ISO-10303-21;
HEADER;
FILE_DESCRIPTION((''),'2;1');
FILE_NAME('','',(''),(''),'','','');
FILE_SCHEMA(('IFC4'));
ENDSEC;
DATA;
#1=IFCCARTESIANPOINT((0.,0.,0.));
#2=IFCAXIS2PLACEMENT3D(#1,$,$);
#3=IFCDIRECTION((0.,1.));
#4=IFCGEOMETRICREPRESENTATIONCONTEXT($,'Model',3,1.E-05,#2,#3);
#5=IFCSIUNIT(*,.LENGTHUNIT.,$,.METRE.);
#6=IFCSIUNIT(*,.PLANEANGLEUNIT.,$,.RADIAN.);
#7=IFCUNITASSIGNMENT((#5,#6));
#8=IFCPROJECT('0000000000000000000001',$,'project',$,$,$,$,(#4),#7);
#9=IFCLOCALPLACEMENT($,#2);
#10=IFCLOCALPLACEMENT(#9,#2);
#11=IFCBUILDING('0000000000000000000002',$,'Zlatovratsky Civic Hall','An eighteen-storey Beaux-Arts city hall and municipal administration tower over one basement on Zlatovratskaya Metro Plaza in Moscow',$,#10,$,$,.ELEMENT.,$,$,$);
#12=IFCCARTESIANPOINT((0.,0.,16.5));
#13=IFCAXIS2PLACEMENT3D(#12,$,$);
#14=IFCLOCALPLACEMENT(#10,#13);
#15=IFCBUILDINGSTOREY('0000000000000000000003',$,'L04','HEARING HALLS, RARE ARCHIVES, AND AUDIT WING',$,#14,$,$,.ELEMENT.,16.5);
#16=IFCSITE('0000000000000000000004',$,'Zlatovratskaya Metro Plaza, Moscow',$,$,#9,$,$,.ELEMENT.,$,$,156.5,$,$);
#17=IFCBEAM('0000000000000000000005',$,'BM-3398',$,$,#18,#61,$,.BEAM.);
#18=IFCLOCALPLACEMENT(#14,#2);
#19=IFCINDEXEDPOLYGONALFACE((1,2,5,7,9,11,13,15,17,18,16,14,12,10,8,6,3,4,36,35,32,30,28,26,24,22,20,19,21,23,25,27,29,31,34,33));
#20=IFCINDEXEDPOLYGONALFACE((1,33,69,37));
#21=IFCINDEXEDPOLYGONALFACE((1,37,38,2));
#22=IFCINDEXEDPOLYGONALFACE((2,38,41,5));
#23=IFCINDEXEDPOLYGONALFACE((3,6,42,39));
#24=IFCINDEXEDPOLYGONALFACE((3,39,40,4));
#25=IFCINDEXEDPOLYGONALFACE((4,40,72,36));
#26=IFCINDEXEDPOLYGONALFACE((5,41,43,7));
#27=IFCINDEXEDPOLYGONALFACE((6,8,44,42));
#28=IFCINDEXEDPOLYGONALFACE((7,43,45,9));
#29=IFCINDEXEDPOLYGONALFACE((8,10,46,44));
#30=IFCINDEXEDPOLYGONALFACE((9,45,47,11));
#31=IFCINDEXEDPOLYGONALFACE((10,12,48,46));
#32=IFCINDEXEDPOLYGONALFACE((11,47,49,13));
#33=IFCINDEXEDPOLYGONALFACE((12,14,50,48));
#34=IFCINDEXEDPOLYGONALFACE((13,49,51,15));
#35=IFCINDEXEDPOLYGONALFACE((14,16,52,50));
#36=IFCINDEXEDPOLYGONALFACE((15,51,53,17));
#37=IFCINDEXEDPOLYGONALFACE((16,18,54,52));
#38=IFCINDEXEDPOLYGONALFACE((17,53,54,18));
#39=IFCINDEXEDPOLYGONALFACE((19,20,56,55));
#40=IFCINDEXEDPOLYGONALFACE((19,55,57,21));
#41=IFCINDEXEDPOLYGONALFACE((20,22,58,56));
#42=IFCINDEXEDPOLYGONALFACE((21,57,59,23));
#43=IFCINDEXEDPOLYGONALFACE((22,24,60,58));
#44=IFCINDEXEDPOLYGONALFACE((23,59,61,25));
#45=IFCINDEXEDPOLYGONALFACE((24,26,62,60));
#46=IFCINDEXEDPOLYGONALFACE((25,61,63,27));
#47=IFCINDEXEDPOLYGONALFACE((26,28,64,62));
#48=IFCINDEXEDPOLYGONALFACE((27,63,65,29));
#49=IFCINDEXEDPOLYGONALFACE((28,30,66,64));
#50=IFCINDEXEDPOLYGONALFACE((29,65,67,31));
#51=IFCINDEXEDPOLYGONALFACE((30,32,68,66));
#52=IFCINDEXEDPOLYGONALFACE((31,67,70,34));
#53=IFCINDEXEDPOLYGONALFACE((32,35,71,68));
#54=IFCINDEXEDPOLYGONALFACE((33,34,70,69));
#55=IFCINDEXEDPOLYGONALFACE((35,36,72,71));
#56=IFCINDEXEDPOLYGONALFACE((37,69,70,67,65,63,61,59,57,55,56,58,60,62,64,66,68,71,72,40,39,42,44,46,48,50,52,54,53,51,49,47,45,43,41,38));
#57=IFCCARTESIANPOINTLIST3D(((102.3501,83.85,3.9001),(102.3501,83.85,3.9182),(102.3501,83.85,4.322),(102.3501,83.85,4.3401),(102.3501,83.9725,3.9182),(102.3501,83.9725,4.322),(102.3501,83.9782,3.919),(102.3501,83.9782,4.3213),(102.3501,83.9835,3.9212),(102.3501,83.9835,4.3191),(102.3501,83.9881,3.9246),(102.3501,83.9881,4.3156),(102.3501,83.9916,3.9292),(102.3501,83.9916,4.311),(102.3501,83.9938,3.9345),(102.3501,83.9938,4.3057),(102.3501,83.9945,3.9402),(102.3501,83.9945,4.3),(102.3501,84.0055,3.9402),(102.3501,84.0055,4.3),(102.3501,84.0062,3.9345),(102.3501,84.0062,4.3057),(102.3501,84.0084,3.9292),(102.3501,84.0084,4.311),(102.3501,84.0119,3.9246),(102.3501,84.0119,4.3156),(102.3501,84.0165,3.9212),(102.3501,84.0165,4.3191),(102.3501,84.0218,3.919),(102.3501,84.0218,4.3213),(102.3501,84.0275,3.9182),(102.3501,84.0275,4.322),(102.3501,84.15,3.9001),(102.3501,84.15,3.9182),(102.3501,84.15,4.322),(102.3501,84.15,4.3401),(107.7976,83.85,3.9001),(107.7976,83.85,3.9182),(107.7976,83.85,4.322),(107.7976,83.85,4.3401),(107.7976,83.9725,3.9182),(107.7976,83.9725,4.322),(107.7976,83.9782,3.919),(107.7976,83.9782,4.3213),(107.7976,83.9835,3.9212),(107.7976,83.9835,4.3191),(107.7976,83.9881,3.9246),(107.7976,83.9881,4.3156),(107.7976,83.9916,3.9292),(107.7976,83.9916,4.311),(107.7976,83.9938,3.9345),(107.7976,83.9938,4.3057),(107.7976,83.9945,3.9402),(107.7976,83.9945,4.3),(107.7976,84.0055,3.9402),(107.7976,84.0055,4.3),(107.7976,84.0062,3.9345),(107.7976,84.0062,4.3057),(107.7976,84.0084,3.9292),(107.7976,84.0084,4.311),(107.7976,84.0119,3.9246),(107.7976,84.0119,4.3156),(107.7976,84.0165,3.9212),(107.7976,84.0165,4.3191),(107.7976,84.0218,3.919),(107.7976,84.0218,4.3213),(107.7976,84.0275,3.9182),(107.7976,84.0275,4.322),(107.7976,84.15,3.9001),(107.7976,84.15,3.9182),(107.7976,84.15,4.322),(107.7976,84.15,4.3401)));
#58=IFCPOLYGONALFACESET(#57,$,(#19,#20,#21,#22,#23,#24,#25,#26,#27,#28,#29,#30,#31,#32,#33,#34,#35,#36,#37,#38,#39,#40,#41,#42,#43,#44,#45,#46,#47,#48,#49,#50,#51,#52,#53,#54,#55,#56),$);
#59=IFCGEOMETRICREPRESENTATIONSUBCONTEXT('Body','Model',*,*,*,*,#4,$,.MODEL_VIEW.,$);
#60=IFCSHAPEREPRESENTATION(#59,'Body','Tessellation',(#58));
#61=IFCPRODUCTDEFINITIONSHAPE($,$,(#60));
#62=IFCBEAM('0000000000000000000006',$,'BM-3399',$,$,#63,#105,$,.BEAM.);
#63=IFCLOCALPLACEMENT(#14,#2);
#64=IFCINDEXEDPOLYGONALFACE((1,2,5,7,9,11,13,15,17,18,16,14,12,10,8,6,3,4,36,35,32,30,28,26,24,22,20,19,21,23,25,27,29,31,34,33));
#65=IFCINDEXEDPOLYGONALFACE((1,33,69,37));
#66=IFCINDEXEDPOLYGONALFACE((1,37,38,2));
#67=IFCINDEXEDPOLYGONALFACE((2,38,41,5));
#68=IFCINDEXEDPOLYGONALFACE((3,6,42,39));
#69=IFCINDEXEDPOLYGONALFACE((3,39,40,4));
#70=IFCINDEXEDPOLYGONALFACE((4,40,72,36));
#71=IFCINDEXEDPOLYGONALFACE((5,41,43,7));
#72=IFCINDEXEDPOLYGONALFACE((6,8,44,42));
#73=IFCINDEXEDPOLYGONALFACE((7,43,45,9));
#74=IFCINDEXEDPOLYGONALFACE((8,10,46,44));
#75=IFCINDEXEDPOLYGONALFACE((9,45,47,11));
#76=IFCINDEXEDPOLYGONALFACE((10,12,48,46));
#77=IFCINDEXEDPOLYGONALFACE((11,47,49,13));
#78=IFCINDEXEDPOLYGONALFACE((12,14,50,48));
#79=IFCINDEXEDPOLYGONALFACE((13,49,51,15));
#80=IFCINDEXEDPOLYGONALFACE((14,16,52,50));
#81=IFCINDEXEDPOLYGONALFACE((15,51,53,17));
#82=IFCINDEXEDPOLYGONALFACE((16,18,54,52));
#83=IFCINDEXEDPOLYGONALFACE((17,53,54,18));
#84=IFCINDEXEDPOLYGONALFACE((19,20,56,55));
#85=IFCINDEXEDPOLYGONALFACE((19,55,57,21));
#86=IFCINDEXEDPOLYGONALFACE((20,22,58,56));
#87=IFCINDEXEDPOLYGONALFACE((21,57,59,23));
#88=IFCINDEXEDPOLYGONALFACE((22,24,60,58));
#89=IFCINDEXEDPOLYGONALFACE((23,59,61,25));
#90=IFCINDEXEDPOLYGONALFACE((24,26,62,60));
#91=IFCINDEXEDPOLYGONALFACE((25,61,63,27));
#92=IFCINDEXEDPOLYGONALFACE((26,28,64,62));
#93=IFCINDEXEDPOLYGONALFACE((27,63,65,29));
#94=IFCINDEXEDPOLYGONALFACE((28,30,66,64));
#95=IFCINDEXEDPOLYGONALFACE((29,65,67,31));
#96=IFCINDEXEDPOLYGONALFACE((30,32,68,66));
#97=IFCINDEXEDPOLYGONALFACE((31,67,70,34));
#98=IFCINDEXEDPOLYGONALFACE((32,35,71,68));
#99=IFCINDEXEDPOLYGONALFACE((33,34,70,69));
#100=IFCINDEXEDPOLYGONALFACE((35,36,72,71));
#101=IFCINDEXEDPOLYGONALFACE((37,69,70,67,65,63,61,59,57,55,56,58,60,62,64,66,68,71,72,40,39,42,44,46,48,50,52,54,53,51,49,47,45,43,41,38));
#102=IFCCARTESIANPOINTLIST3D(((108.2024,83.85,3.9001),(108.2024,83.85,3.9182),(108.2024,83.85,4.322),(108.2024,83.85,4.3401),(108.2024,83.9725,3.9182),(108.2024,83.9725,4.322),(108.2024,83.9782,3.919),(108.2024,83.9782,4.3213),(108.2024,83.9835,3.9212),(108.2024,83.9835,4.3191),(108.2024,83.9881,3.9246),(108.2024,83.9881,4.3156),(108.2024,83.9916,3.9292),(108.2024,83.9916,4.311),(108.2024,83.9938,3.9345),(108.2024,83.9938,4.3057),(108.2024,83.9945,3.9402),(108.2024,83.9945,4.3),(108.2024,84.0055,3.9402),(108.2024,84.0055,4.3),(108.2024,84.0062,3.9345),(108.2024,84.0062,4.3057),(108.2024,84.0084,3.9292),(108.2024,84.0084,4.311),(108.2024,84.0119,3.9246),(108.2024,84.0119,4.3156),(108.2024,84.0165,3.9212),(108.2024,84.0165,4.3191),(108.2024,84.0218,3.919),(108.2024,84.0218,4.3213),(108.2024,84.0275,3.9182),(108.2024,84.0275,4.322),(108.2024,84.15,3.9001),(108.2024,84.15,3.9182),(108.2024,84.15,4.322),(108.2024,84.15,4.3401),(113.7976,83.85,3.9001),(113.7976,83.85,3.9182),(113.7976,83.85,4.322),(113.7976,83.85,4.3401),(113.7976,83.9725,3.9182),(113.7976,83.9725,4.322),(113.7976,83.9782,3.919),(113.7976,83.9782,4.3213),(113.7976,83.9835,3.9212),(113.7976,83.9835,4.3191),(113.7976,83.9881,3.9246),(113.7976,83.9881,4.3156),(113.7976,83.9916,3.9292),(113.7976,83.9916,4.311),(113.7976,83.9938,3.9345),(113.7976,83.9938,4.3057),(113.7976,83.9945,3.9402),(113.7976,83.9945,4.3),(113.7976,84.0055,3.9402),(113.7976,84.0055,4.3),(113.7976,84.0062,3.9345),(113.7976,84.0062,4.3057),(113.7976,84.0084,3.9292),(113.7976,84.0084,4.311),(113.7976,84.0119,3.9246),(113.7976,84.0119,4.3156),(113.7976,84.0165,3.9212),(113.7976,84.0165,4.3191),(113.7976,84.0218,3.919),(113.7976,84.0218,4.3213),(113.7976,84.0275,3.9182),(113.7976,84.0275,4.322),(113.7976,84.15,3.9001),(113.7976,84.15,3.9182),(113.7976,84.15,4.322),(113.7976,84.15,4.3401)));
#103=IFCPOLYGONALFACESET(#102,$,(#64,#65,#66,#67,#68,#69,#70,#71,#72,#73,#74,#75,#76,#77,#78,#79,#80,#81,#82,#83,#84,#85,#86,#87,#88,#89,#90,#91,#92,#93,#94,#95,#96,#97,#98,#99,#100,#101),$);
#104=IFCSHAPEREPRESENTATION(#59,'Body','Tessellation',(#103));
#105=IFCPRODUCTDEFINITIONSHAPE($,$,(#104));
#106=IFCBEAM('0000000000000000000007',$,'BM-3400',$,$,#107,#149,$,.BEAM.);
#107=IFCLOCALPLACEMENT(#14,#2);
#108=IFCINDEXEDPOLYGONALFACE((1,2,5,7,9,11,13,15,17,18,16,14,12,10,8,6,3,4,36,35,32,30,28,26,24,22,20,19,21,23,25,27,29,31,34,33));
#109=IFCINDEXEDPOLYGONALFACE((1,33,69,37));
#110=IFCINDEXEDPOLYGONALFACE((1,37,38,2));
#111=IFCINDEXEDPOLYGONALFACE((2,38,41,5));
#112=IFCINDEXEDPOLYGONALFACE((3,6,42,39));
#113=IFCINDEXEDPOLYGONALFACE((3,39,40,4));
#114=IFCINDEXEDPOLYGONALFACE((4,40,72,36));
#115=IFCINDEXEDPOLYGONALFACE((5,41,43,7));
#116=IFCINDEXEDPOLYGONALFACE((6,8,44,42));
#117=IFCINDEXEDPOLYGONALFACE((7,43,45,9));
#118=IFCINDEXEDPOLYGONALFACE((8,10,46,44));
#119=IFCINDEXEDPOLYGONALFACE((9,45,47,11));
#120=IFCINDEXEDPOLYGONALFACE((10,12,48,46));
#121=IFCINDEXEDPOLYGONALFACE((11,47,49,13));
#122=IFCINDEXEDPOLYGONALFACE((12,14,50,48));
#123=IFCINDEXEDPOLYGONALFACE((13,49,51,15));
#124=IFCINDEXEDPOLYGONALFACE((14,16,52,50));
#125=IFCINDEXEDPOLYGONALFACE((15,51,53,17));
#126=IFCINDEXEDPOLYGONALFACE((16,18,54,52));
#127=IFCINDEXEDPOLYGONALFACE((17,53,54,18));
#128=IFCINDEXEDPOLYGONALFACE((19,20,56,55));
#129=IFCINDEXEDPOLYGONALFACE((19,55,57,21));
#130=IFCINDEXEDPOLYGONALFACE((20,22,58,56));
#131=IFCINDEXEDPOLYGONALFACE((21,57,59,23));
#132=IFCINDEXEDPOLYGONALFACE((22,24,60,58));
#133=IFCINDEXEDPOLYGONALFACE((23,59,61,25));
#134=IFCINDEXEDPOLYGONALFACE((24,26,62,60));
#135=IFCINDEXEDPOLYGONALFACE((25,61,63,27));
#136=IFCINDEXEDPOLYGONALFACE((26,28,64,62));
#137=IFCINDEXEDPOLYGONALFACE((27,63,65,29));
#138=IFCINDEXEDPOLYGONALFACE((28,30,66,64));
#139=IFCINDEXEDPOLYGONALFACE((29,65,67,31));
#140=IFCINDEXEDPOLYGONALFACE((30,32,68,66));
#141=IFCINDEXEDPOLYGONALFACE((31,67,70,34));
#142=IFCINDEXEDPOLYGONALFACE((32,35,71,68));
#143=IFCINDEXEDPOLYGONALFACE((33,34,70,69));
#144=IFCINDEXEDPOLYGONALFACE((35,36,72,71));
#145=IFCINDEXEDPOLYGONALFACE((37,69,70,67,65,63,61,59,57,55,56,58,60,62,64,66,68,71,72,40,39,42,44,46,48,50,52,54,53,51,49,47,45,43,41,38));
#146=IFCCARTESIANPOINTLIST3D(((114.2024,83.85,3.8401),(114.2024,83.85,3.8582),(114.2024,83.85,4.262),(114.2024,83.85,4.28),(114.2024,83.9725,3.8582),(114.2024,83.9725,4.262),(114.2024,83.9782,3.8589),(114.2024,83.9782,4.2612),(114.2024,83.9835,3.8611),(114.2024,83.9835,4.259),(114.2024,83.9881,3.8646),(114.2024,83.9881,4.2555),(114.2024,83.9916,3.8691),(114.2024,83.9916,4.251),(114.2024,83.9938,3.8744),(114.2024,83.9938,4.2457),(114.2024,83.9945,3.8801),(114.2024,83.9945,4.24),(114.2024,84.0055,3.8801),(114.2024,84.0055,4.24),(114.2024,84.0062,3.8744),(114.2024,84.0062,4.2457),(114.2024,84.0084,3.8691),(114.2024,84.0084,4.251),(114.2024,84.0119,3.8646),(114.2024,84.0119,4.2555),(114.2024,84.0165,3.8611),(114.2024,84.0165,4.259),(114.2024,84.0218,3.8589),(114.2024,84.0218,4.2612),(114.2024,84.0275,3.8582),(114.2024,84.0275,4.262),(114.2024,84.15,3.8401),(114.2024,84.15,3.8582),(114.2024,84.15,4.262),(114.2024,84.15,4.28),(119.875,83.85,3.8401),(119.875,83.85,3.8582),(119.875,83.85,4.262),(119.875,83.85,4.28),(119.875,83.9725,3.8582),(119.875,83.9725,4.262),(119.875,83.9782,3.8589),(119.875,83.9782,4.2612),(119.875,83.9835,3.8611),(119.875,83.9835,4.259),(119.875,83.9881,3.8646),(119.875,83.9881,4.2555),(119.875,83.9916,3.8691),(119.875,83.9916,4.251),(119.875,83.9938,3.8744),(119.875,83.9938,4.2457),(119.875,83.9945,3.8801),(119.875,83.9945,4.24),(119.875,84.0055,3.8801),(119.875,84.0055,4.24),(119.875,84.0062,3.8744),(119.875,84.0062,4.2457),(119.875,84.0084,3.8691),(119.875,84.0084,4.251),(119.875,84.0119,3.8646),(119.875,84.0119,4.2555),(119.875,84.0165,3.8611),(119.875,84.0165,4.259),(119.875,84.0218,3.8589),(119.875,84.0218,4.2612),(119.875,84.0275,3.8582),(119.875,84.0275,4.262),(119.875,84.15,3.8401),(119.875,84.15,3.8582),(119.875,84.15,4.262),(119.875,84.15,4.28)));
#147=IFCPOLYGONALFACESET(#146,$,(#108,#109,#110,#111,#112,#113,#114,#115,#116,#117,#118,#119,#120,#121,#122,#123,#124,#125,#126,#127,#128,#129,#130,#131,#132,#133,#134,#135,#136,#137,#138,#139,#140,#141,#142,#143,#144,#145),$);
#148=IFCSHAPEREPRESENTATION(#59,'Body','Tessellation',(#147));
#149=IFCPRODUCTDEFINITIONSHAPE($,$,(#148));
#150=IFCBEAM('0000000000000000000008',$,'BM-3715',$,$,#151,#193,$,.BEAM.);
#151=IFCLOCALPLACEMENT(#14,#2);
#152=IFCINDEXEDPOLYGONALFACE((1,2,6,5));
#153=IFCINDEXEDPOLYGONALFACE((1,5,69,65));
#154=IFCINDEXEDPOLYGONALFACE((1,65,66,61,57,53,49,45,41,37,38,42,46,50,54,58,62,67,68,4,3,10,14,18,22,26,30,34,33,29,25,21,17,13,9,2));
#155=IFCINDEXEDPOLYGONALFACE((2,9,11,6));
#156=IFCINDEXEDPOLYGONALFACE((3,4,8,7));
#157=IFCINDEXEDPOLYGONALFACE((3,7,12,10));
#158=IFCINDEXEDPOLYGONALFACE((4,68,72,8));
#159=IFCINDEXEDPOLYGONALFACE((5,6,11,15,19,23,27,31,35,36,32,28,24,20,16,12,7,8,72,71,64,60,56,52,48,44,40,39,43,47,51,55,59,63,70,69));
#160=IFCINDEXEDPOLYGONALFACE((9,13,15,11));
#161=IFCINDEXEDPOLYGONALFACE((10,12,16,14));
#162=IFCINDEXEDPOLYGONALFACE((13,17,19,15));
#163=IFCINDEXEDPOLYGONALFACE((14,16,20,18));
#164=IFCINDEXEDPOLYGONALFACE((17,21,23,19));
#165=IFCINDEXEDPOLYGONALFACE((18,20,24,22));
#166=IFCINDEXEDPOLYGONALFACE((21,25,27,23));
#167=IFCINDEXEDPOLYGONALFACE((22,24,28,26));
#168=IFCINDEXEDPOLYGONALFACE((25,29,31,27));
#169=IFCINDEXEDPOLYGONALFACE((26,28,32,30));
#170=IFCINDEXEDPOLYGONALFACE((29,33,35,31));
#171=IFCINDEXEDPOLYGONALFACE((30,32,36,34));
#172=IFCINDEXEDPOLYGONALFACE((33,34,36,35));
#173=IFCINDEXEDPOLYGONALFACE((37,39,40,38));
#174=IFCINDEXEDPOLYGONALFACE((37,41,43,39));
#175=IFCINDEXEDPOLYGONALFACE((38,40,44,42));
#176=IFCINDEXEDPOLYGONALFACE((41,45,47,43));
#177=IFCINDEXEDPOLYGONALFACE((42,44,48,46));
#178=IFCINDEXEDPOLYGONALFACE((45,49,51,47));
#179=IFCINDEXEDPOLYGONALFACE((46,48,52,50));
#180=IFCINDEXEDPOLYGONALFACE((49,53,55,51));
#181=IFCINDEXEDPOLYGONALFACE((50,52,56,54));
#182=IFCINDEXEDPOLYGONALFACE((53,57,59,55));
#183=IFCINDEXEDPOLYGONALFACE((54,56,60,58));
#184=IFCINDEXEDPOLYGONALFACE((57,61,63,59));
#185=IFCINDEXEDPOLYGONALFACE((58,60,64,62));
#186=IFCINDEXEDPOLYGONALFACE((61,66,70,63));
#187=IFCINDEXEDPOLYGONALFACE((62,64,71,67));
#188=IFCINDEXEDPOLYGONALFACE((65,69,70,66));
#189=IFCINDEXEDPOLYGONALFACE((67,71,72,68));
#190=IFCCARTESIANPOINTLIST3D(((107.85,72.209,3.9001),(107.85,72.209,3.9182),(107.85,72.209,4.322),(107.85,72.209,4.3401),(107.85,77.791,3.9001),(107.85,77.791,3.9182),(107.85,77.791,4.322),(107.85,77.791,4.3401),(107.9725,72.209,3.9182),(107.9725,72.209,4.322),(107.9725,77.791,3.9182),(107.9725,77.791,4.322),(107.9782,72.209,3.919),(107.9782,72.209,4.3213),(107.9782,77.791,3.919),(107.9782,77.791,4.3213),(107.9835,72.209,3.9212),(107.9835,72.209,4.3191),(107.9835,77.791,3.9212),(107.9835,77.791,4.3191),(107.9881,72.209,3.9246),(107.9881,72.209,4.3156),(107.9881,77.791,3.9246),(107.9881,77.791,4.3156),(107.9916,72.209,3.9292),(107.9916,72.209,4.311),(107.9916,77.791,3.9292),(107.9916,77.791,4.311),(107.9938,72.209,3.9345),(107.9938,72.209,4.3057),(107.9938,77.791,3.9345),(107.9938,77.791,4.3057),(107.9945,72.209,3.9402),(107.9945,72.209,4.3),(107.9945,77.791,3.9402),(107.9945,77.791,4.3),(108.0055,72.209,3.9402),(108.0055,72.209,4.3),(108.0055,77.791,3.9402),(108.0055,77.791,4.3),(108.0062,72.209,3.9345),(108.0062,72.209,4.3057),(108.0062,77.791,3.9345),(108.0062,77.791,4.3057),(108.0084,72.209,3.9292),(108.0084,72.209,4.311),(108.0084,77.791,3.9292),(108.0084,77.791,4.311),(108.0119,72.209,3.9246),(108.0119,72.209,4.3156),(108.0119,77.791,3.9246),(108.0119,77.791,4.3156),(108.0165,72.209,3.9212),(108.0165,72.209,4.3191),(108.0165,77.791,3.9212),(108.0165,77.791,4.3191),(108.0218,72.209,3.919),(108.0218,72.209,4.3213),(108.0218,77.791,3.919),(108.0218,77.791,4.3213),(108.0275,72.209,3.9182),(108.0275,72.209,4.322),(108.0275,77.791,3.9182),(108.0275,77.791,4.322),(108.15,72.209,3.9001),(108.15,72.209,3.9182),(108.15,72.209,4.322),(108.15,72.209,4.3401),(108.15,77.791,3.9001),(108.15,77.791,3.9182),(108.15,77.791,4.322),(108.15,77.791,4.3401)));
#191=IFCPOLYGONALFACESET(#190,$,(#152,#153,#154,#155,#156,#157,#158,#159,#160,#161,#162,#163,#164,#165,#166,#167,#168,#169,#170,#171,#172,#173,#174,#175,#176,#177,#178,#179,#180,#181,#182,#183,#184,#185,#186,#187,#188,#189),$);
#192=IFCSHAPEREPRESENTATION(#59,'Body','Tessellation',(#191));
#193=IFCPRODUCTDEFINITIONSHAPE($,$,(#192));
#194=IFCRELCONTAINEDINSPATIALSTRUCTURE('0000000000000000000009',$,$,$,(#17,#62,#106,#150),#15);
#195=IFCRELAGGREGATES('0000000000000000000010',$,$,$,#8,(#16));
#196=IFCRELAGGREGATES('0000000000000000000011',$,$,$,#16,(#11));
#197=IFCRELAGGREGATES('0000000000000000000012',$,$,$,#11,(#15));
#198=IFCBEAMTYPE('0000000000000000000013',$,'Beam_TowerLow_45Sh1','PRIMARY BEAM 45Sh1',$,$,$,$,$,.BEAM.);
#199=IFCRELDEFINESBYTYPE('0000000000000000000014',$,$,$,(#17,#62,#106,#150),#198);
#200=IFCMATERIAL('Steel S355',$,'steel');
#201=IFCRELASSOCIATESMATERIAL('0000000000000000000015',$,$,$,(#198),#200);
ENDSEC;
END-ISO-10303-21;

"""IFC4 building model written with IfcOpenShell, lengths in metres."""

from ifc_helpers import new_model, si_unit, direction, frame, origin, origin_2d, place, context, subcontext, project, spatial, i_section, extrude, material, material_profile, profile_set, type_object, element, save


model = new_model("IFC4")

# Units and contexts
model_context = context("Model", 3, precision=1e-05, world=origin(), true_north=direction((0.0, 1.0)))
body_context = subcontext(model_context, "Body", "Model", "MODEL_VIEW")
ifc_project = project(units=[si_unit("LENGTHUNIT", "METRE"), si_unit("PLANEANGLEUNIT", "RADIAN")], contexts=[model_context])

# Site, building, storey
site_placement = place(None, origin())
site = spatial("IfcSite", under=ifc_project, at=site_placement, Name="Zlatovratskaya Metro Plaza, Moscow", CompositionType="ELEMENT", RefElevation=156.5)
building_placement = place(site_placement, origin())
building = spatial("IfcBuilding", under=site, at=building_placement, Name="Zlatovratsky Civic Hall", Description="An eighteen-storey Beaux-Arts city hall and municipal administration tower over one basement on Zlatovratskaya Metro Plaza in Moscow", CompositionType="ELEMENT")
storey_placement = place(building_placement, frame((0.0, 0.0, 16.5)))
storey = spatial("IfcBuildingStorey", under=building, at=storey_placement, Name="L04", Description="HEARING HALLS, RARE ARCHIVES, AND AUDIT WING", CompositionType="ELEMENT", Elevation=16.5)

# Shared definitions
ifc_material_1 = material(Name="Steel S355", Category="steel")

# Beams
ifc_material_profile_1 = material_profile(ifc_material_1, i_section(OverallWidth=0.3, OverallDepth=0.4399, WebThickness=0.011, FlangeThickness=0.0181, FilletRadius=0.022, at=origin_2d()), Name="45Sh1")
ifc_profile_set_1 = profile_set([ifc_material_profile_1], Name="Steel S355")
beam_type_1 = type_object("IfcBeamType", Name="Beam_TowerLow_45Sh1", Description="PRIMARY BEAM 45Sh1", PredefinedType="BEAM", material=ifc_profile_set_1)
beam_1_placement = place(storey_placement, frame((102.3501, 84.0, 4.1201), z_axis=(1.0, 0.0, 0.0), x_axis=(0.0, 1.0, 0.0)))
element("IfcBeam", 1, at=beam_1_placement, inside=storey, type_object=beam_type_1, Name="BM-3398", PredefinedType="BEAM", context=body_context, shape_type="SweptSolid", body=[
    extrude(i_section(OverallWidth=0.3, OverallDepth=0.4399, WebThickness=0.011, FlangeThickness=0.0181, FilletRadius=0.022, at=origin_2d()), origin(), (0.0, 0.0, 1.0), 5.4475),
])
beam_2_placement = place(storey_placement, frame((108.2024, 84.0, 4.1201), z_axis=(1.0, 0.0, 0.0), x_axis=(0.0, 1.0, 0.0)))
element("IfcBeam", 2, at=beam_2_placement, inside=storey, type_object=beam_type_1, Name="BM-3399", PredefinedType="BEAM", context=body_context, shape_type="SweptSolid", body=[
    extrude(i_section(OverallWidth=0.3, OverallDepth=0.4399, WebThickness=0.011, FlangeThickness=0.0181, FilletRadius=0.022, at=origin_2d()), origin(), (0.0, 0.0, 1.0), 5.5952),
])
beam_3_placement = place(storey_placement, frame((114.2024, 84.0, 4.0601), z_axis=(1.0, 0.0, 0.0), x_axis=(0.0, 1.0, 0.0)))
element("IfcBeam", 3, at=beam_3_placement, inside=storey, type_object=beam_type_1, Name="BM-3400", PredefinedType="BEAM", context=body_context, shape_type="SweptSolid", body=[
    extrude(i_section(OverallWidth=0.3, OverallDepth=0.4399, WebThickness=0.011, FlangeThickness=0.0181, FilletRadius=0.022, at=origin_2d()), origin(), (0.0, 0.0, 1.0), 5.6726),
])
for number, where, z_axis, x_axis, name in (
    (4, (108.0, 72.209, 4.1201), (0.0, 1.0, 0.0), (-1.0, 0.0, 0.0), "BM-3715"),
):
    element("IfcBeam", number, at=place(storey_placement, frame(where, z_axis=z_axis, x_axis=x_axis)), inside=storey, type_object=beam_type_1, Name=name, PredefinedType="BEAM", context=body_context, shape_type="SweptSolid", body=[
        extrude(i_section(OverallWidth=0.3, OverallDepth=0.4399, WebThickness=0.011, FlangeThickness=0.0181, FilletRadius=0.022, at=origin_2d()), origin(), (0.0, 0.0, 1.0), 5.582),
    ])

save(model, "model.ifc")
